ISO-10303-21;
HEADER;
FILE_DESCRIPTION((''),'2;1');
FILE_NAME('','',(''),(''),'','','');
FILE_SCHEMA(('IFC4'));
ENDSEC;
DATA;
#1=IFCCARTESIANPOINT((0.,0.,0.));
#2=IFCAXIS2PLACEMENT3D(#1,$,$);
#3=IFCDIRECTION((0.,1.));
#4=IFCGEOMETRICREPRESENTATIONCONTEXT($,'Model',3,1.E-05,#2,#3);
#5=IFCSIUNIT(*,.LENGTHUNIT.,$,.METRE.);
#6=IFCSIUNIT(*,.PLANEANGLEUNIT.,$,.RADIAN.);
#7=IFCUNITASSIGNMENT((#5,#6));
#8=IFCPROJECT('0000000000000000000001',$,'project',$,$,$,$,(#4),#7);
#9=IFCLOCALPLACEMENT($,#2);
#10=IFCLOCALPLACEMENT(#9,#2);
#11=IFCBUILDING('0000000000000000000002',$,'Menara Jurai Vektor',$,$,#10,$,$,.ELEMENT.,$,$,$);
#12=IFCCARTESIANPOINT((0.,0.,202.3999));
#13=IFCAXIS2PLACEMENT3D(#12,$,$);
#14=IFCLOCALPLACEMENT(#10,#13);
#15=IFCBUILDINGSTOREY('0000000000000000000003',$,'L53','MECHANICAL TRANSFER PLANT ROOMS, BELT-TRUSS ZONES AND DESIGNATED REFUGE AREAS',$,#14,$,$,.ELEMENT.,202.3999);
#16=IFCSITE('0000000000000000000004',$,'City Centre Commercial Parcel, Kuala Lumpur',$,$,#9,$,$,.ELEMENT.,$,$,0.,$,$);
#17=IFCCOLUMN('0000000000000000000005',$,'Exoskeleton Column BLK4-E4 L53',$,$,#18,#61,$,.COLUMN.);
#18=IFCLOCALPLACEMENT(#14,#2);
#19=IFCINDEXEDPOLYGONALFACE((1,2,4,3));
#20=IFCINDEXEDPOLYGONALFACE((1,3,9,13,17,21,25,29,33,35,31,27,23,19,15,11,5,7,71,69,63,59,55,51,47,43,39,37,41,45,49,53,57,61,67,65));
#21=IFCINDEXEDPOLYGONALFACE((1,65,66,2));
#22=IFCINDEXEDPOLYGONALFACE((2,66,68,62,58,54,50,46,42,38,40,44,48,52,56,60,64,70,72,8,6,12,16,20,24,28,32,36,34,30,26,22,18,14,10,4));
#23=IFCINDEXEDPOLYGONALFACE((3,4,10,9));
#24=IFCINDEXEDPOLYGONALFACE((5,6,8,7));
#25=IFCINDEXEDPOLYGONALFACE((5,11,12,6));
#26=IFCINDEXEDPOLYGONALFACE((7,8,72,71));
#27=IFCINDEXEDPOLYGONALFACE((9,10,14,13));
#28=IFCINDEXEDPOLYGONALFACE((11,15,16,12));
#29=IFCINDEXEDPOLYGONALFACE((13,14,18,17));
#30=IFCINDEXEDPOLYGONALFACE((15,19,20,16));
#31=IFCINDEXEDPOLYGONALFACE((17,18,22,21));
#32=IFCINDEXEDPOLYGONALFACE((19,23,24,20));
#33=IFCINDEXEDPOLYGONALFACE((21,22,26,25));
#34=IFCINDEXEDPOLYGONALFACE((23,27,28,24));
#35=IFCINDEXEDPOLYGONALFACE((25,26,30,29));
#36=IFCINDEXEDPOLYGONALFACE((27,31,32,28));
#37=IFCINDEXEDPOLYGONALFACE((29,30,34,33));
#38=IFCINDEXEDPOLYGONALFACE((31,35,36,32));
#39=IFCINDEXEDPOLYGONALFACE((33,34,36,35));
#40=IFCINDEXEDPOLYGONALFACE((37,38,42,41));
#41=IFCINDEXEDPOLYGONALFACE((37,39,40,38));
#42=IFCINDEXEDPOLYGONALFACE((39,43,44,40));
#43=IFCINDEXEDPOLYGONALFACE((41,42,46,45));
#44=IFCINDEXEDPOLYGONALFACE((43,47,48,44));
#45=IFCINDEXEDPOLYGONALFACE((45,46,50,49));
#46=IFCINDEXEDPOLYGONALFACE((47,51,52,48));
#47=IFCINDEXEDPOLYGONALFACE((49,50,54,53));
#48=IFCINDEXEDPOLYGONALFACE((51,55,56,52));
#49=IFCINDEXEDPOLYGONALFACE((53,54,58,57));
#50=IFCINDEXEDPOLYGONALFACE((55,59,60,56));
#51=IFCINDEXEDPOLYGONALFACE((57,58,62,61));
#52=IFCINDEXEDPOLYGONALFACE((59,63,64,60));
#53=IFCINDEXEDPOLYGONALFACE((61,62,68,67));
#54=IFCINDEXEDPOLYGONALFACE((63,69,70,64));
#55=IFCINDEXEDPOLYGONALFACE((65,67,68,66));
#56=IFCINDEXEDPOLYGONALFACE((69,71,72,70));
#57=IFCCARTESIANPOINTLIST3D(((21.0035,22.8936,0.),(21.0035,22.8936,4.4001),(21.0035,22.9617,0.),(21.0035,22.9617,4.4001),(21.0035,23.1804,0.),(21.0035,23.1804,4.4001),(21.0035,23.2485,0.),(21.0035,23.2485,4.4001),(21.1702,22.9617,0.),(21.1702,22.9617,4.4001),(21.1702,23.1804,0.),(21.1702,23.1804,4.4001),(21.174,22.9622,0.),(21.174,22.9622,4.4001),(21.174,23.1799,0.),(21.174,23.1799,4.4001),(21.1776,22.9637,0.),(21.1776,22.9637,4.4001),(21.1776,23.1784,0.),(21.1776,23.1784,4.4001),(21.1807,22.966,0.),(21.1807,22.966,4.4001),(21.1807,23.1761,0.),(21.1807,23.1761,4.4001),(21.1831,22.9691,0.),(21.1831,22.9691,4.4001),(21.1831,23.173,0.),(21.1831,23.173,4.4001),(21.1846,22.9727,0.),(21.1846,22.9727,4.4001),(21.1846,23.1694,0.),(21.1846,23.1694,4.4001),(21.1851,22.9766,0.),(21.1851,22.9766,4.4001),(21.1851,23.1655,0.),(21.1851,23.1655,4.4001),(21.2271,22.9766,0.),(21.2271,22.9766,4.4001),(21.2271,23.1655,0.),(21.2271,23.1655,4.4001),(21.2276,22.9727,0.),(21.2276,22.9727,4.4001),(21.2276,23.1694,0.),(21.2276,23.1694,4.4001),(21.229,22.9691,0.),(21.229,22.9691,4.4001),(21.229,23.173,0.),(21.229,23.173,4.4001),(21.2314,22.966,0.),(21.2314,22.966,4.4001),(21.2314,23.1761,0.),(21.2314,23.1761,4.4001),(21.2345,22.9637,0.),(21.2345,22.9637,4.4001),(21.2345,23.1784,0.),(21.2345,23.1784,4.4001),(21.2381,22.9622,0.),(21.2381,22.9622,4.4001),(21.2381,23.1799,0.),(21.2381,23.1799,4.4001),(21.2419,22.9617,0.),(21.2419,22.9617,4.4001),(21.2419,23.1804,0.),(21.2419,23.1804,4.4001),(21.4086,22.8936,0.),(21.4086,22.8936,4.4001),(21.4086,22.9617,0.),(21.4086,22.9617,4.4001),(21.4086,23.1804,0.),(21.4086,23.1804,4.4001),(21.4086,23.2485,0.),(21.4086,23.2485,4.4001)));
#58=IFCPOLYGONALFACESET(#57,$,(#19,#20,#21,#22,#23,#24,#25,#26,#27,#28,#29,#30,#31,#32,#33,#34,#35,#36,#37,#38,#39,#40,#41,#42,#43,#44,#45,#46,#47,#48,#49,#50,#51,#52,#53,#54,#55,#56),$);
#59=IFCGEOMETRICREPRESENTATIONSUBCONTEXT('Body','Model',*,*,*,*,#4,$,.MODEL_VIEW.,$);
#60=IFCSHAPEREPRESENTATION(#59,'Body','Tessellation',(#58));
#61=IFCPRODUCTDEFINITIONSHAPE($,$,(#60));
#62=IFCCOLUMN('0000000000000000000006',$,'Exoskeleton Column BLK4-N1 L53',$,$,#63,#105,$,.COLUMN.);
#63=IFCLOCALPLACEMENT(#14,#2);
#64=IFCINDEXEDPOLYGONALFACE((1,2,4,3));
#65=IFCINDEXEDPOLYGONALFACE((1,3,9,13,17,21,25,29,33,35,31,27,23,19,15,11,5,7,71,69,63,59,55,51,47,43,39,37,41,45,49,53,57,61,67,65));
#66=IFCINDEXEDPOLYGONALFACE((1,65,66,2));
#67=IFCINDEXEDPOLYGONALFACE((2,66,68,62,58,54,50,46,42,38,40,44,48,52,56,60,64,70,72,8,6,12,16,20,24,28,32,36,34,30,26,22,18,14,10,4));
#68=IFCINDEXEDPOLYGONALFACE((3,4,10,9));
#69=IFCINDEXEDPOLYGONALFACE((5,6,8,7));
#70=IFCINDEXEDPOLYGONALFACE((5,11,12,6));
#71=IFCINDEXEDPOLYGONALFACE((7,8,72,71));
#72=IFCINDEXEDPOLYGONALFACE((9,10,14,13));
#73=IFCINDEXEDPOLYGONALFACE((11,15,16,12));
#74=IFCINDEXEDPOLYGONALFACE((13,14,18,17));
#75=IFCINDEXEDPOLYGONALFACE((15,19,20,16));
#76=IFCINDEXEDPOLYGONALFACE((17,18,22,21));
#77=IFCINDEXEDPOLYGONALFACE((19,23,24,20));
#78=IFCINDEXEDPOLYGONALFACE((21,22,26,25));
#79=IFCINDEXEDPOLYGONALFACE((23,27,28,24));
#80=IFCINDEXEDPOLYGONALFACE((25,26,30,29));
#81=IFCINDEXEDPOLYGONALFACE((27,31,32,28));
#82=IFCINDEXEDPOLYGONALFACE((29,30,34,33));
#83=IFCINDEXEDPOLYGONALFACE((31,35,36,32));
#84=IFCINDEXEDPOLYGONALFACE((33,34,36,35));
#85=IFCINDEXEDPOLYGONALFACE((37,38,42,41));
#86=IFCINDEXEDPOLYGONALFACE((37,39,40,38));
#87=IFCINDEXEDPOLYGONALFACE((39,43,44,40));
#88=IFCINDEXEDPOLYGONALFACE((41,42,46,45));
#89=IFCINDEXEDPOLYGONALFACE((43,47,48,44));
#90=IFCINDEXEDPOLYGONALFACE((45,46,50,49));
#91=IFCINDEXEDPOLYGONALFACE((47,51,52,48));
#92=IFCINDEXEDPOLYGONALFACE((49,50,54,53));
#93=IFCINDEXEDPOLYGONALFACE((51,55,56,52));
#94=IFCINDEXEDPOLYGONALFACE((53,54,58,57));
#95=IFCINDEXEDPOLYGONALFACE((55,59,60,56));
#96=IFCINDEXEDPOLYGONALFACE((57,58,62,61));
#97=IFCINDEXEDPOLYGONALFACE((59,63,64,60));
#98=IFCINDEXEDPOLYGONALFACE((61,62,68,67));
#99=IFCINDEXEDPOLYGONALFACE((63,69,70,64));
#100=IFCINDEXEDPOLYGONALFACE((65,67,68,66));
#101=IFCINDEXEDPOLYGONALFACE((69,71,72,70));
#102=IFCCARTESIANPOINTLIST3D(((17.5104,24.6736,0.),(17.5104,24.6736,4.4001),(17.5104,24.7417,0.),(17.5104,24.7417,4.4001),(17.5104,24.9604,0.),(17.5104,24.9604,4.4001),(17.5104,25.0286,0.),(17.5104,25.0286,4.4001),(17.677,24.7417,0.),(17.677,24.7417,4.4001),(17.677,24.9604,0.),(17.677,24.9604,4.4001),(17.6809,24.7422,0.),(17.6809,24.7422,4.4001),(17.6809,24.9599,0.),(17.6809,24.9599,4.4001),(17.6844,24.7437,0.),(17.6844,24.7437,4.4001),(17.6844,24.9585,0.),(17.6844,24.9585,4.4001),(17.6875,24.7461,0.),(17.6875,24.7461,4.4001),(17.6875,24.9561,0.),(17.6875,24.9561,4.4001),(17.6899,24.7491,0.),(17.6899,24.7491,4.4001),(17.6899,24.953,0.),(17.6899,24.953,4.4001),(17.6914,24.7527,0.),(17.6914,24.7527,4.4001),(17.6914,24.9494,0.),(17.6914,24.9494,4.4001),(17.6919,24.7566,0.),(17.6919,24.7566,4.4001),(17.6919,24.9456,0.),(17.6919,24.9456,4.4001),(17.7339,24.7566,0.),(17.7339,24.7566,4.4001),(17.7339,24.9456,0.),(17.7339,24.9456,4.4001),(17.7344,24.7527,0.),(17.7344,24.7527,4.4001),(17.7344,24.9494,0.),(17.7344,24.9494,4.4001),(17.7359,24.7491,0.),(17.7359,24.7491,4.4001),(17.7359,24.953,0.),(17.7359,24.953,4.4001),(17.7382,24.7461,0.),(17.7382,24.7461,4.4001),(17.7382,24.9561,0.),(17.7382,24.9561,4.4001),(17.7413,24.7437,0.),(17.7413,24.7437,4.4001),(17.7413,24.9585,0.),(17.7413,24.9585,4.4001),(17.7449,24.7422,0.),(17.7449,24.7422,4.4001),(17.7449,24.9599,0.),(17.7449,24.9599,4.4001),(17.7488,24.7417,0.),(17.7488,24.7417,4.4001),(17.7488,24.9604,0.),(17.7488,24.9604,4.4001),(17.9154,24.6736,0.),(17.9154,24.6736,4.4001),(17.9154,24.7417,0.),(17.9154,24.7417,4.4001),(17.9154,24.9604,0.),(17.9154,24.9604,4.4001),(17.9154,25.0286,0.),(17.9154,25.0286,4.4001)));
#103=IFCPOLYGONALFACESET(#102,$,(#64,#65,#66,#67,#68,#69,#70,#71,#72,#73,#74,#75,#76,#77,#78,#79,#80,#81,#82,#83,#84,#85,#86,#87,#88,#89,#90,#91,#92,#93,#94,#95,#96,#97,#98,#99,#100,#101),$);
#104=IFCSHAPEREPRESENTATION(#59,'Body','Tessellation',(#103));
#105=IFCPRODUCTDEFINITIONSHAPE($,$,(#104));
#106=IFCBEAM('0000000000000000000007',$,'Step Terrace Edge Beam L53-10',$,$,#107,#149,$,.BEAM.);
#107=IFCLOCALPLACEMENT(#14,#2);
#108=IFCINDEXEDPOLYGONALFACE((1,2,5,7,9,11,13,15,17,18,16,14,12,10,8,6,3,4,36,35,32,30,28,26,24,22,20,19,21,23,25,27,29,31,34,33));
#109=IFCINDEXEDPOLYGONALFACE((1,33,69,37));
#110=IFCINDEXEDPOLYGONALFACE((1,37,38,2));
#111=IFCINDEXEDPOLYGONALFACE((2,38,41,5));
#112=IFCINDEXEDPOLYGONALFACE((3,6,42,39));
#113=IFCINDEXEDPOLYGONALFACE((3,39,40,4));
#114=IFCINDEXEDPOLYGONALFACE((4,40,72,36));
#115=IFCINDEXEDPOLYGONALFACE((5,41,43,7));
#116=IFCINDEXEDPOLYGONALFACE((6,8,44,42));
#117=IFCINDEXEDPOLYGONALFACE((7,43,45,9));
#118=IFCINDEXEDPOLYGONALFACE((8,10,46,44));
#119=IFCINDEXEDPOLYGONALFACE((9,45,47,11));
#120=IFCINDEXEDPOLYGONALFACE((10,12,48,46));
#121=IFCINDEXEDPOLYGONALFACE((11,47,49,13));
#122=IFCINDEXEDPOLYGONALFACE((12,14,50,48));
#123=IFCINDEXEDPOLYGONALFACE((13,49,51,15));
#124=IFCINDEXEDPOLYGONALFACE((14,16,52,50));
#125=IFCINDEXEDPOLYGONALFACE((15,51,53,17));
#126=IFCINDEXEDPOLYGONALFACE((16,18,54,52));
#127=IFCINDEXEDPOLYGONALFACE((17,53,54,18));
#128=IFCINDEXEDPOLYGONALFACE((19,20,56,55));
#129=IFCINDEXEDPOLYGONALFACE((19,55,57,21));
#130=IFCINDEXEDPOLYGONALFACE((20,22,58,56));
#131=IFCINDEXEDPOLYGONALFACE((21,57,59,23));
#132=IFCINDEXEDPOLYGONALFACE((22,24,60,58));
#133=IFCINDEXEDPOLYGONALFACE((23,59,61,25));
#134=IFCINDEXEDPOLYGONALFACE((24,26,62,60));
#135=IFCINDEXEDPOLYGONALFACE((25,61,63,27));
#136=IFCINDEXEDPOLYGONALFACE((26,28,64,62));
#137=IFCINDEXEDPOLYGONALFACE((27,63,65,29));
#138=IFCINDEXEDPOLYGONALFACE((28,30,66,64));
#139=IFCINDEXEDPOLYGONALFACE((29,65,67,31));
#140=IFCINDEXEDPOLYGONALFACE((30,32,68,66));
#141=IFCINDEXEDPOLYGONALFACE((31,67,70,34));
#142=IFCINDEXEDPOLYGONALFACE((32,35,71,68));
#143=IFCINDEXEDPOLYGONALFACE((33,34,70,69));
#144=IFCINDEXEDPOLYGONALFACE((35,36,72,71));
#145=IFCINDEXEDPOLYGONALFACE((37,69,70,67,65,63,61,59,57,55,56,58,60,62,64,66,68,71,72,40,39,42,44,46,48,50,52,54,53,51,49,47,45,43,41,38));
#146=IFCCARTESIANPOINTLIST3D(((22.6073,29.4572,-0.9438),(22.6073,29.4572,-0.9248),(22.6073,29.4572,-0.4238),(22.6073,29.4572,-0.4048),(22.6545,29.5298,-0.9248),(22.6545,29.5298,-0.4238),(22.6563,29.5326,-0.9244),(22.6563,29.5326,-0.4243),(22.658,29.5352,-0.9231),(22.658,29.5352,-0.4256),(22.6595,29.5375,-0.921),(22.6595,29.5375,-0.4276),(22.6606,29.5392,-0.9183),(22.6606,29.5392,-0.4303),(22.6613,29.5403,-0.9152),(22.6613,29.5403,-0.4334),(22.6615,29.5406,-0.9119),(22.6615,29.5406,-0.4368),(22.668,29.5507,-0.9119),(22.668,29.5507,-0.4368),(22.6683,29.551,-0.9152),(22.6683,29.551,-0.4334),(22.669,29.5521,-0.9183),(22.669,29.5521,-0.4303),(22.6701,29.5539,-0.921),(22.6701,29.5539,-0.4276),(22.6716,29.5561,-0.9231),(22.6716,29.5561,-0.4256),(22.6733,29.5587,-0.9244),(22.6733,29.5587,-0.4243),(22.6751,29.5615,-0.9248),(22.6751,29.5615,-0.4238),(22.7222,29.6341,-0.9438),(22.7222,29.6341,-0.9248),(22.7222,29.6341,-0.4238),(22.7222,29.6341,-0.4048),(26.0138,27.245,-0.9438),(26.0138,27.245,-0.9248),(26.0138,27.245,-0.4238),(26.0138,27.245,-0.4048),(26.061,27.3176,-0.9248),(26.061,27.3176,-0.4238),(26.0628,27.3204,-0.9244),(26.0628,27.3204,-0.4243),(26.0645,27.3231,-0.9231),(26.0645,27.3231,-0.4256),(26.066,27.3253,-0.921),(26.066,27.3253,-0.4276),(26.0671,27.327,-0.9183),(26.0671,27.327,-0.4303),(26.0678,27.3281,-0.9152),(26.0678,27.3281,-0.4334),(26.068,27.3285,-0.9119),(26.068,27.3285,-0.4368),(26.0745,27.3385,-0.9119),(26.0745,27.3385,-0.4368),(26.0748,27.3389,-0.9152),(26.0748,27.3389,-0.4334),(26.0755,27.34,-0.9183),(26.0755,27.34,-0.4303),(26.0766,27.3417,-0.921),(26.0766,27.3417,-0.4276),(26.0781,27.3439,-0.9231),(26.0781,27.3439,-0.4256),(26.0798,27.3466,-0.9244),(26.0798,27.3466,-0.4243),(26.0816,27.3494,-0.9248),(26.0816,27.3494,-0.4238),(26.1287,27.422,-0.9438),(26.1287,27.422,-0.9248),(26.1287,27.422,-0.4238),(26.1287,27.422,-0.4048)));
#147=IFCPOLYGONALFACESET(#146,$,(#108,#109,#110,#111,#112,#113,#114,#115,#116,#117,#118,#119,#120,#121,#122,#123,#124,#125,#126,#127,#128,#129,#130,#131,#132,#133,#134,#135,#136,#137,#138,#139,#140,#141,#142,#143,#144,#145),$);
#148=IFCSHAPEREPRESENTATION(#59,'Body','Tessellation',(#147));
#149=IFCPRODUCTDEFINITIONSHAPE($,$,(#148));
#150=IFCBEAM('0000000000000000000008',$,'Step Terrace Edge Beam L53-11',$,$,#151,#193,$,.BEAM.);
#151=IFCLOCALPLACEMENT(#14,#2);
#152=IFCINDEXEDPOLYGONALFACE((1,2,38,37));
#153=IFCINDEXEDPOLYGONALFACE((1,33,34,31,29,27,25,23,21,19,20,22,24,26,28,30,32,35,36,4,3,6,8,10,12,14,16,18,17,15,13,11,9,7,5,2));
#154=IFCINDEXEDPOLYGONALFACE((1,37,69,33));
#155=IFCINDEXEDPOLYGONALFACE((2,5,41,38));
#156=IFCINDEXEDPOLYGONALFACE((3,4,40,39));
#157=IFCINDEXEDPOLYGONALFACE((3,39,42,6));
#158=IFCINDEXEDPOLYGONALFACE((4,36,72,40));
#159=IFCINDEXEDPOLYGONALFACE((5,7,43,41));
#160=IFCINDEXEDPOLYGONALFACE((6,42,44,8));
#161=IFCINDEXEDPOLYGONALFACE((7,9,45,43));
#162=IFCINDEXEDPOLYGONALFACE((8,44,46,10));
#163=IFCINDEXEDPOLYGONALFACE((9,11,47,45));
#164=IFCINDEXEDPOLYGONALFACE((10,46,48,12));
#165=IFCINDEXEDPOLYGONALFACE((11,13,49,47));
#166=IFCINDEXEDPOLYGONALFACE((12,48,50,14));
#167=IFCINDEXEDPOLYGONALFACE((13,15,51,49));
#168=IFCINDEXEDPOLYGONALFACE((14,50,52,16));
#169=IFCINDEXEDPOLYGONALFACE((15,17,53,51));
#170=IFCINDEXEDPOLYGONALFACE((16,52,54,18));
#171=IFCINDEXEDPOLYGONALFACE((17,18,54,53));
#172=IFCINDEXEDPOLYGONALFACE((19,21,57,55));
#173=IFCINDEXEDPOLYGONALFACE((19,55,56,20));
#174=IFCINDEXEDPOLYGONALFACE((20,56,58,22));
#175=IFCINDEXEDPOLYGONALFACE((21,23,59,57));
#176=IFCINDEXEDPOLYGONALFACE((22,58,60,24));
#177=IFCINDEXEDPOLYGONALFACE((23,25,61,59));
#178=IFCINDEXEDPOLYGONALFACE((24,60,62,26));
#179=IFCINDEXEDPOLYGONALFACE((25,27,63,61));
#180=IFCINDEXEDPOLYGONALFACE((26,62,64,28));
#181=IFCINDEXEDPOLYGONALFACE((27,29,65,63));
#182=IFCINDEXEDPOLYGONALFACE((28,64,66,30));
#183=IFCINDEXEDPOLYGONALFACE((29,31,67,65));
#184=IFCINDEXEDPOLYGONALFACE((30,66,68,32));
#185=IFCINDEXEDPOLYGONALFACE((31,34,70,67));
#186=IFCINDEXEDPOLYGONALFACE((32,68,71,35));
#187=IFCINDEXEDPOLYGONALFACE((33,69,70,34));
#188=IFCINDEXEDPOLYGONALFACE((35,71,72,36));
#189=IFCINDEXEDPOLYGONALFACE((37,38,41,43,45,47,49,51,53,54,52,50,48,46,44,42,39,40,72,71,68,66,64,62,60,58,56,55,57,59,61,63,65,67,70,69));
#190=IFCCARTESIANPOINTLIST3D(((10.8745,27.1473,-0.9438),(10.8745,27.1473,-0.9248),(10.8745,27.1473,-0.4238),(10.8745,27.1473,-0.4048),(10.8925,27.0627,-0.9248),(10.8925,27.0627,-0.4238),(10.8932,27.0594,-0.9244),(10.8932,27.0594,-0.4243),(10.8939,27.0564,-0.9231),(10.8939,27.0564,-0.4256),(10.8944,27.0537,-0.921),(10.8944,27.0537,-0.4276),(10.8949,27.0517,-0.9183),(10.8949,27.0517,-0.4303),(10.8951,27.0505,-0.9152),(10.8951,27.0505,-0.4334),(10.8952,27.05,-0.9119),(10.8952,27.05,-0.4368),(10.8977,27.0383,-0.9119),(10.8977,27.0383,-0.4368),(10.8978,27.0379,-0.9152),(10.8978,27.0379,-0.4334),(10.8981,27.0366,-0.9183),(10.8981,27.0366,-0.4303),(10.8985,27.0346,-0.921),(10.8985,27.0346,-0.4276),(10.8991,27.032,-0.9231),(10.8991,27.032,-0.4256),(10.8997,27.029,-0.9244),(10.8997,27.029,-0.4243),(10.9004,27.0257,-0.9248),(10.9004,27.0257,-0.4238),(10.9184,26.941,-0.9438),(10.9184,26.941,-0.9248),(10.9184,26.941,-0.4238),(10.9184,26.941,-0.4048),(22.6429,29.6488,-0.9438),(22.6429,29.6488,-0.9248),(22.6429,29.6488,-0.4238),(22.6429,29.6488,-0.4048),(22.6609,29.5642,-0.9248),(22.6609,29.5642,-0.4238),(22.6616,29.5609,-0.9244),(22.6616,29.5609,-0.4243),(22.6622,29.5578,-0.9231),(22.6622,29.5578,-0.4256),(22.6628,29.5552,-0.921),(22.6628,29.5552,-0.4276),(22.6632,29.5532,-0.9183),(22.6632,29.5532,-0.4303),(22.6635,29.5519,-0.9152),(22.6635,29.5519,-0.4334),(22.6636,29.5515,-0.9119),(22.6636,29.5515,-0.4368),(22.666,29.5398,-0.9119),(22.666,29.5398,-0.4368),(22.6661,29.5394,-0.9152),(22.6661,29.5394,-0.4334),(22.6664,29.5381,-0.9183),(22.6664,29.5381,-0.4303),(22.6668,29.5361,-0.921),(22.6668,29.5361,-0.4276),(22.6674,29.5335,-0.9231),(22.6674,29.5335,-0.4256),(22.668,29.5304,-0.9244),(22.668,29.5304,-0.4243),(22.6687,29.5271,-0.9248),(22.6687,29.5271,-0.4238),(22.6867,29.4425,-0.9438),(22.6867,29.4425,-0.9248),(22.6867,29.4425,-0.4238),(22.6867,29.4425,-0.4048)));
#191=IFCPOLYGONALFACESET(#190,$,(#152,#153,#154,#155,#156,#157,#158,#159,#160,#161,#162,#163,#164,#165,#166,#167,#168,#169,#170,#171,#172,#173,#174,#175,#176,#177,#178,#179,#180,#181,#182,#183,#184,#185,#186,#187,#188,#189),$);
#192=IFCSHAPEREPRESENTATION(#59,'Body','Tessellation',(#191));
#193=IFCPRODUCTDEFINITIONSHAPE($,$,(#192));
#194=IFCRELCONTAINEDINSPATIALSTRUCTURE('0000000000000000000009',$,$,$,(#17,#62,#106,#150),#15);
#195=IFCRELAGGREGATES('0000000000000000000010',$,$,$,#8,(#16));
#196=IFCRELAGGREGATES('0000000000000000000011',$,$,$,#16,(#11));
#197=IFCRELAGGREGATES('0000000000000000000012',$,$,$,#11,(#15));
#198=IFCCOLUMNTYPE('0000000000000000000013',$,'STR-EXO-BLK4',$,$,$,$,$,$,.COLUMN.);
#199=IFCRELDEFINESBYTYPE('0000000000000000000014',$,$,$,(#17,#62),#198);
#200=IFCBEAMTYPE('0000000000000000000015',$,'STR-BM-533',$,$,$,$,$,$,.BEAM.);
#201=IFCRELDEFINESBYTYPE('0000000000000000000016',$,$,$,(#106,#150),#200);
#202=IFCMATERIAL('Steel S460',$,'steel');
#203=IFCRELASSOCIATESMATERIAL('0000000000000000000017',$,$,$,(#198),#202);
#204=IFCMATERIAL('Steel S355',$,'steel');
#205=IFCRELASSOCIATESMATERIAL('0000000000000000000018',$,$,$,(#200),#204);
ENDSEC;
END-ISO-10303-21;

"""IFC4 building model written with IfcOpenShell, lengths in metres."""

from ifc_helpers import new_model, si_unit, direction, frame, origin, origin_2d, place, context, subcontext, project, spatial, i_section, extrude, material, material_profile, profile_set, type_object, element, save


model = new_model("IFC4")

# Units and contexts
model_context = context("Model", 3, precision=1e-05, world=origin(), true_north=direction((0.0, 1.0)))
body_context = subcontext(model_context, "Body", "Model", "MODEL_VIEW")
ifc_project = project(units=[si_unit("LENGTHUNIT", "METRE"), si_unit("PLANEANGLEUNIT", "RADIAN")], contexts=[model_context])

# Site, building, storey
site_placement = place(None, origin())
site = spatial("IfcSite", under=ifc_project, at=site_placement, Name="City Centre Commercial Parcel, Kuala Lumpur", CompositionType="ELEMENT", RefElevation=0.0)
building_placement = place(site_placement, origin())
building = spatial("IfcBuilding", under=site, at=building_placement, Name="Menara Jurai Vektor", CompositionType="ELEMENT")
storey_placement = place(building_placement, frame((0.0, 0.0, 202.3999)))
storey = spatial("IfcBuildingStorey", under=building, at=storey_placement, Name="L53", Description="MECHANICAL TRANSFER PLANT ROOMS, BELT-TRUSS ZONES AND DESIGNATED REFUGE AREAS", CompositionType="ELEMENT", Elevation=202.3999)

# Columns
ifc_material_1 = material(Name="Steel S460", Category="steel")
ifc_material_profile_1 = material_profile(ifc_material_1, i_section(OverallWidth=0.405, OverallDepth=0.355, WebThickness=0.042, FlangeThickness=0.0681, FilletRadius=0.0149, at=origin_2d()), Name="HD 400x551")
ifc_profile_set_1 = profile_set([ifc_material_profile_1], Name="Steel S460")
column_type = type_object("IfcColumnType", Name="STR-EXO-BLK4", PredefinedType="COLUMN", material=ifc_profile_set_1)
for number, where, z_axis, x_axis, name in (
    (1, (21.2061, 23.071, 0.0), (0.0, 0.0, 1.0), (1.0, 0.0, 0.0), "Exoskeleton Column BLK4-E4 L53"),
    (2, (17.7129, 24.8511, 0.0), (0.0, 0.0, 1.0), (1.0, 0.0, 0.0), "Exoskeleton Column BLK4-N1 L53"),
):
    element("IfcColumn", number, at=place(storey_placement, frame(where, z_axis=z_axis, x_axis=x_axis)), inside=storey, type_object=column_type, Name=name, PredefinedType="COLUMN", context=body_context, shape_type="SweptSolid", body=[
        extrude(i_section(OverallWidth=0.405, OverallDepth=0.355, WebThickness=0.042, FlangeThickness=0.0681, FilletRadius=0.0149, at=origin_2d()), origin(), (0.0, 0.0, 1.0), 4.4001),
    ])

# Beams
ifc_material_2 = material(Name="Steel S355", Category="steel")
ifc_material_profile_2 = material_profile(ifc_material_2, i_section(OverallWidth=0.2109, OverallDepth=0.5391, WebThickness=0.012, FlangeThickness=0.019, FilletRadius=0.0129, at=origin_2d()), Name="UKB 533x210x109")
ifc_profile_set_2 = profile_set([ifc_material_profile_2], Name="Steel S355")
beam_type_1 = type_object("IfcBeamType", Name="STR-BM-533", PredefinedType="BEAM", material=ifc_profile_set_2)
beam_1_placement = place(storey_placement, frame((26.0713, 27.3335, -0.6743), z_axis=(-0.838676, 0.544631, 0.0), x_axis=(-0.544631, -0.838676, 0.0)))
element("IfcBeam", 3, at=beam_1_placement, inside=storey, type_object=beam_type_1, Name="Step Terrace Edge Beam L53-10", PredefinedType="BEAM", context=body_context, shape_type="SweptSolid", body=[
    extrude(i_section(OverallWidth=0.2109, OverallDepth=0.5391, WebThickness=0.012, FlangeThickness=0.019, FilletRadius=0.0129, at=origin_2d()), origin(), (0.0, 0.0, 1.0), 4.0618),
])
beam_2_placement = place(storey_placement, frame((22.6648, 29.5457, -0.6743), z_axis=(-0.978147, -0.207914, 0.0), x_axis=(0.207914, -0.978147, 0.0)))
element("IfcBeam", 4, at=beam_2_placement, inside=storey, type_object=beam_type_1, Name="Step Terrace Edge Beam L53-11", PredefinedType="BEAM", context=body_context, shape_type="SweptSolid", body=[
    extrude(i_section(OverallWidth=0.2109, OverallDepth=0.5391, WebThickness=0.012, FlangeThickness=0.019, FilletRadius=0.0129, at=origin_2d()), origin(), (0.0, 0.0, 1.0), 12.0312),
])

save(model, "model.ifc")
